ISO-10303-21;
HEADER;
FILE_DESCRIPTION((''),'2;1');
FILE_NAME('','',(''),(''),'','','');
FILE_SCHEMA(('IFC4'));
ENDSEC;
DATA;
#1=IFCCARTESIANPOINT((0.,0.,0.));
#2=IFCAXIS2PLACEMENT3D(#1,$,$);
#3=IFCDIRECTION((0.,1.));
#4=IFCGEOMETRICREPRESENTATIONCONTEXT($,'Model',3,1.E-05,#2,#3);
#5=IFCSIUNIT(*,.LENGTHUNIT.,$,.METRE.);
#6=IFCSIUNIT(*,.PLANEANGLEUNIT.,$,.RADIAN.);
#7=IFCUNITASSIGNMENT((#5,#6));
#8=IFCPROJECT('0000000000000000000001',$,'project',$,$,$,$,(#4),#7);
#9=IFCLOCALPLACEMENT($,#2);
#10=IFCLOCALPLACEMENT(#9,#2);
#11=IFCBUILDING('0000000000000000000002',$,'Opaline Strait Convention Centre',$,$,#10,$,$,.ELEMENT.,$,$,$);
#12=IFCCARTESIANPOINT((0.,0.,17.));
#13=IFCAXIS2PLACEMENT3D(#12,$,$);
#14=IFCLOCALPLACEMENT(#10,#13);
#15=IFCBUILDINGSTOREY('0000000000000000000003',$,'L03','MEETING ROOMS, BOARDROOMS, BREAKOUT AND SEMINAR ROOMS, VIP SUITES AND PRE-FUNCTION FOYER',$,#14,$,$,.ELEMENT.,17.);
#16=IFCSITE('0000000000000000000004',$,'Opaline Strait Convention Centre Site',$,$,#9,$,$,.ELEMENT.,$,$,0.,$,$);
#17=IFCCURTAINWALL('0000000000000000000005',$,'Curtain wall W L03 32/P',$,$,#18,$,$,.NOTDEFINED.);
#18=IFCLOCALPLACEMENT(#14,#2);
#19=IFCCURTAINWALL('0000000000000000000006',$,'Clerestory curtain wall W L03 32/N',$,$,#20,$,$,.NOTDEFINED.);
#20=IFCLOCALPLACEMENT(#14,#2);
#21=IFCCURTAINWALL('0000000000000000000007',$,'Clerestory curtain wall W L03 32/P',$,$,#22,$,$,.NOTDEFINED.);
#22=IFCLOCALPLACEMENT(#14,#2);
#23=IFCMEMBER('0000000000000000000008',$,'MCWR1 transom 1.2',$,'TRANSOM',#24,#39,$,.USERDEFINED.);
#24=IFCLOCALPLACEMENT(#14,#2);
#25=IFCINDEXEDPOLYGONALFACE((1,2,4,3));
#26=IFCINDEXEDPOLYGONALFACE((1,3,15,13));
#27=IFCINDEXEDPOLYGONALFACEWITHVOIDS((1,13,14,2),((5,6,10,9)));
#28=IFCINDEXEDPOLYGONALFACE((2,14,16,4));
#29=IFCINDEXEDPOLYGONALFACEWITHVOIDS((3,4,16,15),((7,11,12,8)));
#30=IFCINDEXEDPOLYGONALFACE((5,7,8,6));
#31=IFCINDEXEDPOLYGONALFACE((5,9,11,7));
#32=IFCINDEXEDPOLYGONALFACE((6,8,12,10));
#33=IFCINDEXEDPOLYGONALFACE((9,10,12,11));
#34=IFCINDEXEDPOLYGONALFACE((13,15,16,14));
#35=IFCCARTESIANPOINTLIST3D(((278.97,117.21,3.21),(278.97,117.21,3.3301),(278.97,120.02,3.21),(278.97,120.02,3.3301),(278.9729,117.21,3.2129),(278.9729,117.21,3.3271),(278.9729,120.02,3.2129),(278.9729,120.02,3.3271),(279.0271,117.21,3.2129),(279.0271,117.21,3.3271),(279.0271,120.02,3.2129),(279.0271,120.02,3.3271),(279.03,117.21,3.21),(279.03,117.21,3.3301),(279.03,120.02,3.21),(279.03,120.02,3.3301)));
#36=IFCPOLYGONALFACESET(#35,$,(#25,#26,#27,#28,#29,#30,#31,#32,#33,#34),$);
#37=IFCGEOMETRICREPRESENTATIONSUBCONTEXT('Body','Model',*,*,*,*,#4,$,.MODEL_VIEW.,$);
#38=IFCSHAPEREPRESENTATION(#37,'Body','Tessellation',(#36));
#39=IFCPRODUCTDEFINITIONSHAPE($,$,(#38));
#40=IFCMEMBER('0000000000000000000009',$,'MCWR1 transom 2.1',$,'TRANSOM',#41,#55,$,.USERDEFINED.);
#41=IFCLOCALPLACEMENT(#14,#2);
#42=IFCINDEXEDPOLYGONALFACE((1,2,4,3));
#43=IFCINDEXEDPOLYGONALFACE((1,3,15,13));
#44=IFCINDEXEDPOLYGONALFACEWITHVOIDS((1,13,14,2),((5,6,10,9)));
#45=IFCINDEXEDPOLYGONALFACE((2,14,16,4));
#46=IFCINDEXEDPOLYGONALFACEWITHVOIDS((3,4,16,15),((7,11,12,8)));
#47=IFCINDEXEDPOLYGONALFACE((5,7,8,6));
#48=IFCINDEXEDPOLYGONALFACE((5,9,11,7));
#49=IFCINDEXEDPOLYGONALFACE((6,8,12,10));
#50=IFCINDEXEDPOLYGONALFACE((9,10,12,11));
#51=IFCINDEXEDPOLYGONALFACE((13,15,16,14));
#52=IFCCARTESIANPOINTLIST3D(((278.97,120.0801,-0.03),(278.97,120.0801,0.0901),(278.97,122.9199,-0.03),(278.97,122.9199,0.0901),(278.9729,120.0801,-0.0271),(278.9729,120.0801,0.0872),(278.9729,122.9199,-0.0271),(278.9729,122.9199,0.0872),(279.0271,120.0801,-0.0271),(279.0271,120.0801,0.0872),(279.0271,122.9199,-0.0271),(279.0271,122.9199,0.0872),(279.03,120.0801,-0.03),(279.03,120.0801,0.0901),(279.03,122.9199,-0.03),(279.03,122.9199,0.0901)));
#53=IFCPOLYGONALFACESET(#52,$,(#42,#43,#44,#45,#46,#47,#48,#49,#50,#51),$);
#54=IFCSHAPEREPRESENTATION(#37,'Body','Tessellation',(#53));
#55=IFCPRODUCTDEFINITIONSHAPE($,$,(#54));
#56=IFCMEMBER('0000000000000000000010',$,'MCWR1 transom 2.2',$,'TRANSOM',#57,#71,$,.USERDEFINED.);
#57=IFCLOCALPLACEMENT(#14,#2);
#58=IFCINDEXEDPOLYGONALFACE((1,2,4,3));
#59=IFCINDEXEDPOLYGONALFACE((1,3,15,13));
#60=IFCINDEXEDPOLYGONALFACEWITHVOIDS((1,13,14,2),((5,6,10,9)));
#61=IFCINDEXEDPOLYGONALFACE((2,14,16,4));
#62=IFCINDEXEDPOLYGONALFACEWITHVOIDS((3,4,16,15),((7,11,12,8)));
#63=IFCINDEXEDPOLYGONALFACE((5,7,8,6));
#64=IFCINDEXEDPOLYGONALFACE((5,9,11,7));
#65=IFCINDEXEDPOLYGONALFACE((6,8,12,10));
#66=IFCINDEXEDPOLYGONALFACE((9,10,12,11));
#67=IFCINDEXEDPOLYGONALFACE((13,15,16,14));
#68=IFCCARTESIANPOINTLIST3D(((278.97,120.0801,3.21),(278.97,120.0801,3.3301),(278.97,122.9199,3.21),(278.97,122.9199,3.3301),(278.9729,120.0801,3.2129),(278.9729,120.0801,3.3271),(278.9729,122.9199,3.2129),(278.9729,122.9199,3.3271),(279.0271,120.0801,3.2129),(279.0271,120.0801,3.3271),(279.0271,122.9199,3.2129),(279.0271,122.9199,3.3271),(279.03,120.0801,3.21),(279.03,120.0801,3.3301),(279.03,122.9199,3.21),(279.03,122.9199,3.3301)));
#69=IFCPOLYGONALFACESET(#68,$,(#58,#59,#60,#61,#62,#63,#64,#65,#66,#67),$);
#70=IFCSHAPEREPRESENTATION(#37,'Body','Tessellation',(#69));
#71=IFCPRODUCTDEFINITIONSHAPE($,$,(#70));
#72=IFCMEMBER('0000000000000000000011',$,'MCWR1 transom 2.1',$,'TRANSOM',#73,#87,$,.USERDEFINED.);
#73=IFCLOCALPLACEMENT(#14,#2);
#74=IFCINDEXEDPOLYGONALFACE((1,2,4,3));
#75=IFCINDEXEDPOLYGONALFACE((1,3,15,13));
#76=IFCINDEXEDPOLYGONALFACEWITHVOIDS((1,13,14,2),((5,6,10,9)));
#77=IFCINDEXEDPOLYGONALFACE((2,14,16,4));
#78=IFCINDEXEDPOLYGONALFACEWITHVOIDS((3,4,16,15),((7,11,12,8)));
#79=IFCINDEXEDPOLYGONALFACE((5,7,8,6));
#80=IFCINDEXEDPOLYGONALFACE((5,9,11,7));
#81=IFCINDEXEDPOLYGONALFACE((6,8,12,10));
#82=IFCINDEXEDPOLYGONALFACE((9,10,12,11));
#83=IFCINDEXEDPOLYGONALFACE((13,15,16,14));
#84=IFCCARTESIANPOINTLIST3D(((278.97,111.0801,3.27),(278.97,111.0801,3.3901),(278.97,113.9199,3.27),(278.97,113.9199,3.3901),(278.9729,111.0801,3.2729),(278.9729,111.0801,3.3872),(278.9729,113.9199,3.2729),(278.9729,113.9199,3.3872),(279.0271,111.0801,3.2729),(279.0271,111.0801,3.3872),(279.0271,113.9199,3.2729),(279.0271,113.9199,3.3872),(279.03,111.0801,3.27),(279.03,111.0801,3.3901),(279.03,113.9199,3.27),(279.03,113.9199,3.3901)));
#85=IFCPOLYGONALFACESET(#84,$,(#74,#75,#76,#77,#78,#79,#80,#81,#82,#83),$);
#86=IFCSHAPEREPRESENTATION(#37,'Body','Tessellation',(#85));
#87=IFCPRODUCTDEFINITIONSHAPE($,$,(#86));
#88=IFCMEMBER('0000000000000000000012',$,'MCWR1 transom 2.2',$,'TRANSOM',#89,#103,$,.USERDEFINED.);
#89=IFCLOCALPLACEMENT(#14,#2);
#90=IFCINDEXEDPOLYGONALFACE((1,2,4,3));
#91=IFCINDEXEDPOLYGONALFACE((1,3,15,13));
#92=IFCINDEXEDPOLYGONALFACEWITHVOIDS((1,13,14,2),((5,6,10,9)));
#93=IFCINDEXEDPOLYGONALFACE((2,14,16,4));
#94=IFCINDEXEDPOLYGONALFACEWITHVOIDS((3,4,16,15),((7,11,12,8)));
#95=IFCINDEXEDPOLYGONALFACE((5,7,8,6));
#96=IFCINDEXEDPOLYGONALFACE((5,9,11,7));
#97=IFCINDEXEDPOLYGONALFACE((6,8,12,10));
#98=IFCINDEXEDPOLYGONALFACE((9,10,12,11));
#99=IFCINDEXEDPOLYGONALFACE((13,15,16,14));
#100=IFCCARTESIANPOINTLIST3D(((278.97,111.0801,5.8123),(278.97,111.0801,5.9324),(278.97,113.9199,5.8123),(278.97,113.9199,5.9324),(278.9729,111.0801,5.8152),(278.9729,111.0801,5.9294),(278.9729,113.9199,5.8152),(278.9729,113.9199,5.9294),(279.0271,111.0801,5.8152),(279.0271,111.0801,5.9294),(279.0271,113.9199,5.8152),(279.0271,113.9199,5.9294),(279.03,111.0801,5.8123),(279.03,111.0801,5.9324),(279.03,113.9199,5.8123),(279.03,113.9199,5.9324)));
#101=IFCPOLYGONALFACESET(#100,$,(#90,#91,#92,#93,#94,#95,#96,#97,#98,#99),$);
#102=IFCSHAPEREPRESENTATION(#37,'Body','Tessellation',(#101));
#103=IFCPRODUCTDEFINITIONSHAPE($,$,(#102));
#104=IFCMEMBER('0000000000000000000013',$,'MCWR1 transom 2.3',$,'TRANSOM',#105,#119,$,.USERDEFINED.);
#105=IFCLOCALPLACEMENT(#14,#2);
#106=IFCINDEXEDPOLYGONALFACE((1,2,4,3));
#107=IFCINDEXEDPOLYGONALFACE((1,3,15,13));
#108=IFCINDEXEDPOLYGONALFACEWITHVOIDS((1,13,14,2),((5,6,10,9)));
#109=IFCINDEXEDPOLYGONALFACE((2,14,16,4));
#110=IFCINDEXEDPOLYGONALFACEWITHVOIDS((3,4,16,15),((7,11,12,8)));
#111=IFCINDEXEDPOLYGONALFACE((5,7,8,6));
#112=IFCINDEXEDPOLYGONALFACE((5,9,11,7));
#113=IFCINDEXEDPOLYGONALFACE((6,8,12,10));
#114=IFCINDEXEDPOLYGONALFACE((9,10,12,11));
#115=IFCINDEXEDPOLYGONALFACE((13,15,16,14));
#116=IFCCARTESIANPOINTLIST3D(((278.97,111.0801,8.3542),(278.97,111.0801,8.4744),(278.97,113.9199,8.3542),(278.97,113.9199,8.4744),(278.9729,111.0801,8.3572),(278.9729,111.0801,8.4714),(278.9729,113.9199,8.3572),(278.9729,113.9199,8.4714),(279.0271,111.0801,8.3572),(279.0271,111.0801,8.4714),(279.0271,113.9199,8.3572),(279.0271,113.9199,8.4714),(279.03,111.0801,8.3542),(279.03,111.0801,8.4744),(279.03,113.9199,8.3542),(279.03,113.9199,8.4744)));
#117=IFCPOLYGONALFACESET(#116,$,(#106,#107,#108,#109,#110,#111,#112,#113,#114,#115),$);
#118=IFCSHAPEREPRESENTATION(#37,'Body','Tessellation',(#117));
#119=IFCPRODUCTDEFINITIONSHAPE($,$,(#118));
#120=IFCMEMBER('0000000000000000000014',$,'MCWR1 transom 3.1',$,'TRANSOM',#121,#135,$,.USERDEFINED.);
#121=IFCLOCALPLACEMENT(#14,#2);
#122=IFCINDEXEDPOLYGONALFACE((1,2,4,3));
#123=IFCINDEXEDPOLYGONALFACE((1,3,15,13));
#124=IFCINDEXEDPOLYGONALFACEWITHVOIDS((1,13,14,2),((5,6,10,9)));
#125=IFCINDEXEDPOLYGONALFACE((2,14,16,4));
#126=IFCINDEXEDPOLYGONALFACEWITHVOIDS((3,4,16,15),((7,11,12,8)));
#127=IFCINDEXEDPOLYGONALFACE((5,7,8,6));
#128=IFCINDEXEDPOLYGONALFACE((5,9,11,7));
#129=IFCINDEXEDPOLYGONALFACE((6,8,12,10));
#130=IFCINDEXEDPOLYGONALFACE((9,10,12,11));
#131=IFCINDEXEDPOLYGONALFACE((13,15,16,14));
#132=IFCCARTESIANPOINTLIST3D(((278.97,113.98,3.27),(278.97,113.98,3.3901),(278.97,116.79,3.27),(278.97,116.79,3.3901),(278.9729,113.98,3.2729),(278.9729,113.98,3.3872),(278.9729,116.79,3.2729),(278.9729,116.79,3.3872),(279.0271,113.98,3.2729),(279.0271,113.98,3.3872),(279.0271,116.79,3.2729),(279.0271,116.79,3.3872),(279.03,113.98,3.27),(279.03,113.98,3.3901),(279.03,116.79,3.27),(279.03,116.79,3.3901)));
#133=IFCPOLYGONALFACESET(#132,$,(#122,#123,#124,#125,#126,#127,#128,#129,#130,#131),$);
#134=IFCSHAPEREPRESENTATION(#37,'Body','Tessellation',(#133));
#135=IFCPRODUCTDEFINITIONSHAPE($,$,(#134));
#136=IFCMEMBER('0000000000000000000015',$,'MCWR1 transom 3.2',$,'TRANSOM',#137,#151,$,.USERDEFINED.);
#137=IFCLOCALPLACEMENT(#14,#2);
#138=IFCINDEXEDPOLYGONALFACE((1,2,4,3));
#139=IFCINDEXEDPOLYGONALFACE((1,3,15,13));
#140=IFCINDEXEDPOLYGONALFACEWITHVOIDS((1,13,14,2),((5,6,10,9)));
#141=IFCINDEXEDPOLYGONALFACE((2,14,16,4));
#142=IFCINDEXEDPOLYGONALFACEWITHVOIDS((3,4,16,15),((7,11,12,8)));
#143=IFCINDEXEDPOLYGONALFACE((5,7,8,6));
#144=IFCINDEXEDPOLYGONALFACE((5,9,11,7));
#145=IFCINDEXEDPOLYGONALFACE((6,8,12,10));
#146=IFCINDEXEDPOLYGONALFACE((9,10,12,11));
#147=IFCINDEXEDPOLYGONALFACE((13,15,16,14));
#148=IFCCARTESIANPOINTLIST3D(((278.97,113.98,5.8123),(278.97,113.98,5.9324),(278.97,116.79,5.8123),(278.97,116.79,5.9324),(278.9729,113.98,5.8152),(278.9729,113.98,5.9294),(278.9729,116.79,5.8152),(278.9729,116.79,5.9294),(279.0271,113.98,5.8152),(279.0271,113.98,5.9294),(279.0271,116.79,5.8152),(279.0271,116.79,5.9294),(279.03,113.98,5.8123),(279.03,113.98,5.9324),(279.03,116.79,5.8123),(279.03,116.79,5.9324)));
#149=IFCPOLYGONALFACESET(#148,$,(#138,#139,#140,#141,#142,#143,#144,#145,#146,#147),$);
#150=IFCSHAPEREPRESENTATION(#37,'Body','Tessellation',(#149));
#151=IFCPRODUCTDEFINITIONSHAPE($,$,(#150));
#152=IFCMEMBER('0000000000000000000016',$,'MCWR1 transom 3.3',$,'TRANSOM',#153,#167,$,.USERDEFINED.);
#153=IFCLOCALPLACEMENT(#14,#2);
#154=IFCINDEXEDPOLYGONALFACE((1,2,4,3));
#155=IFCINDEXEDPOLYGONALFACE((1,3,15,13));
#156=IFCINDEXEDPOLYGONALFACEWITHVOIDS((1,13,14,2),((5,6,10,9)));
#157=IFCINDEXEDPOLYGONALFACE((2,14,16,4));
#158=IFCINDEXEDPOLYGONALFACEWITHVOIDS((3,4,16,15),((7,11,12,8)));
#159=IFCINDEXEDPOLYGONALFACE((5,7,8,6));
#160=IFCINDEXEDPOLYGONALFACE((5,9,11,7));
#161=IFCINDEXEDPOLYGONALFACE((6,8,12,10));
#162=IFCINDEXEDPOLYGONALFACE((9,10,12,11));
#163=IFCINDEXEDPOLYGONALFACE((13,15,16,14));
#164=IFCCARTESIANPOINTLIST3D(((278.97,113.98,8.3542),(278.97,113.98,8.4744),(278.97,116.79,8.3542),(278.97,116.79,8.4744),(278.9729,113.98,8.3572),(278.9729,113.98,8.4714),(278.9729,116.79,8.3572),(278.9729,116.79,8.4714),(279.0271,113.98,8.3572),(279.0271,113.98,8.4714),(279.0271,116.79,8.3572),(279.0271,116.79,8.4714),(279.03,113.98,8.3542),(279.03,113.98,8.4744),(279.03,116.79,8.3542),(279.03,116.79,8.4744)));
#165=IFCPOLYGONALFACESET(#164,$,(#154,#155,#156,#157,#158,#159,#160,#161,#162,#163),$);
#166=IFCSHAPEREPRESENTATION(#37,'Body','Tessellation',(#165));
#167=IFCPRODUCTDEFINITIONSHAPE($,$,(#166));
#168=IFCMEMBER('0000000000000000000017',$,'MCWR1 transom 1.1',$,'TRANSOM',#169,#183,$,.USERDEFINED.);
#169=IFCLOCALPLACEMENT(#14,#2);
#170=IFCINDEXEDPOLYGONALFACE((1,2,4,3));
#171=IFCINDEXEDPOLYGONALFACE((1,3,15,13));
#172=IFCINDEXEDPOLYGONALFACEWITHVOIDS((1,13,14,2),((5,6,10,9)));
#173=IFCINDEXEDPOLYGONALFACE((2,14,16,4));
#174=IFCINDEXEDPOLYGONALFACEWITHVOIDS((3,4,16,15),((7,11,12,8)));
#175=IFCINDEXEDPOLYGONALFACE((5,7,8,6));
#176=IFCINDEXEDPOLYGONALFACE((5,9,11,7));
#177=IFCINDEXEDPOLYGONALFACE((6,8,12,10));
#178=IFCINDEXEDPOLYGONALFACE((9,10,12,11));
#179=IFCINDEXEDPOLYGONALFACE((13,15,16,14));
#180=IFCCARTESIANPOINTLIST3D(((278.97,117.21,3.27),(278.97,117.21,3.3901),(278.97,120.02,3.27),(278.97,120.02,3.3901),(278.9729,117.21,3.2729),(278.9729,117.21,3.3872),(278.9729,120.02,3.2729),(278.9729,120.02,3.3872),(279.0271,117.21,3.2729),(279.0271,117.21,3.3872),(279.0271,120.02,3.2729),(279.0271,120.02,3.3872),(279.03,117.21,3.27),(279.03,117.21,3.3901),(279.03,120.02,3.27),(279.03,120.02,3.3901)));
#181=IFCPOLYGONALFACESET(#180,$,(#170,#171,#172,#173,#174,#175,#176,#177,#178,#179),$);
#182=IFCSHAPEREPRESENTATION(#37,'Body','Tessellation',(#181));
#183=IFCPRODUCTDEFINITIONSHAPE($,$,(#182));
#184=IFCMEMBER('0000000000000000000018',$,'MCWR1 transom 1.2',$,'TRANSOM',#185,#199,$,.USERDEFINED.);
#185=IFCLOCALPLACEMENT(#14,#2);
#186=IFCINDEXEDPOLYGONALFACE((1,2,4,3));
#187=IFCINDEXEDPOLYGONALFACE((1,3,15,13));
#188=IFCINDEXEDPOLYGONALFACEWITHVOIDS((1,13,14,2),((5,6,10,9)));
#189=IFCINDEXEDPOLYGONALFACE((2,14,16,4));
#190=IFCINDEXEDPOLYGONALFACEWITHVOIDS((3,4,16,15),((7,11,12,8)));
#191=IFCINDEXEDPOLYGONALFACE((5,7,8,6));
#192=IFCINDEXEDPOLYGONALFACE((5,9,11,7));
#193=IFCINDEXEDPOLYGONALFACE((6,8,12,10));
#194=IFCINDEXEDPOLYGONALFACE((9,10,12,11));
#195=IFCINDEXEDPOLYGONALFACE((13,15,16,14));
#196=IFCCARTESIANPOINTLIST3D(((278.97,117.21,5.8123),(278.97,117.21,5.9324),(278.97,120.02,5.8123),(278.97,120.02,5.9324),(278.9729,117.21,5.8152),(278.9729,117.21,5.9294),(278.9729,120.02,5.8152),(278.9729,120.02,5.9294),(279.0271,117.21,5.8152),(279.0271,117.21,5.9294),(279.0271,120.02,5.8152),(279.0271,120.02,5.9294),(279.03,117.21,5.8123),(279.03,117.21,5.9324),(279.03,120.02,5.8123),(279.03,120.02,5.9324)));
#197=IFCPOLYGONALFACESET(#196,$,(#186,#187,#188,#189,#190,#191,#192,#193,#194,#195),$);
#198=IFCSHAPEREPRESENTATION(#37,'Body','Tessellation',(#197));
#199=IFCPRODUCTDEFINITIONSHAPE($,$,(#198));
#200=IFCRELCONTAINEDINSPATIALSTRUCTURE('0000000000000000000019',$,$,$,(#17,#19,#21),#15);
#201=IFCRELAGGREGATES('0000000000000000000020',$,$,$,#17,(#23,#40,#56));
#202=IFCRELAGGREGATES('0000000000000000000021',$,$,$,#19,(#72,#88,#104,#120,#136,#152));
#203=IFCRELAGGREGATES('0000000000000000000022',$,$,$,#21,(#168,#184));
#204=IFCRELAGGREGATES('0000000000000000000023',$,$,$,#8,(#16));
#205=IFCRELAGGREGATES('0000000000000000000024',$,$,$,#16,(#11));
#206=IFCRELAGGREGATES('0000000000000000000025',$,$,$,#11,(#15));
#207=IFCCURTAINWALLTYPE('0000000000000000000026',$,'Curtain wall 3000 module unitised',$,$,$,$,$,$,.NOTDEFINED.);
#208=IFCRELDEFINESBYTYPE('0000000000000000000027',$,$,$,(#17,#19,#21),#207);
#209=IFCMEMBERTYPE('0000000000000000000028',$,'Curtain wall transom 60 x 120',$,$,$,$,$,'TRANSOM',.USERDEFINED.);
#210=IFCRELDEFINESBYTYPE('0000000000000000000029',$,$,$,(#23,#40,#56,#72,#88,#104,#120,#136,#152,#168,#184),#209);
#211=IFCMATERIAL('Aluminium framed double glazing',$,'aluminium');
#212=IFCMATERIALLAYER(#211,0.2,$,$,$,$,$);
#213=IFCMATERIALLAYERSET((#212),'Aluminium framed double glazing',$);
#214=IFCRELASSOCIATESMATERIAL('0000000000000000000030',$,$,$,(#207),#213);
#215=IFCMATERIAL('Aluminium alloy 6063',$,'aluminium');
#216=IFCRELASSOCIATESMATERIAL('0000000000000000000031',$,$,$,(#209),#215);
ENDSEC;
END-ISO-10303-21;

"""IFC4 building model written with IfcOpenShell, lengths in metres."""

from ifc_helpers import new_model, si_unit, direction, frame, origin, origin_2d, place, context, subcontext, project, spatial, hollow_rectangle, extrude, material, layer, layer_set, material_profile, profile_set, type_object, element, aggregate, save


model = new_model("IFC4")

# Units and contexts
model_context = context("Model", 3, precision=1e-05, world=origin(), true_north=direction((0.0, 1.0)))
body_context = subcontext(model_context, "Body", "Model", "MODEL_VIEW")
ifc_project = project(units=[si_unit("LENGTHUNIT", "METRE"), si_unit("PLANEANGLEUNIT", "RADIAN")], contexts=[model_context])

# Site, building, storey
site_placement = place(None, origin())
site = spatial("IfcSite", under=ifc_project, at=site_placement, Name="Opaline Strait Convention Centre Site", CompositionType="ELEMENT", RefElevation=0.0)
building_placement = place(site_placement, origin())
building = spatial("IfcBuilding", under=site, at=building_placement, Name="Opaline Strait Convention Centre", CompositionType="ELEMENT")
storey_placement = place(building_placement, frame((0.0, 0.0, 17.0)))
storey = spatial("IfcBuildingStorey", under=building, at=storey_placement, Name="L03", Description="MEETING ROOMS, BOARDROOMS, BREAKOUT AND SEMINAR ROOMS, VIP SUITES AND PRE-FUNCTION FOYER", CompositionType="ELEMENT", Elevation=17.0)

# Curtain walls
ifc_material_1 = material(Name="Aluminium framed double glazing", Category="aluminium")
ifc_layer_1 = layer(ifc_material_1, 0.2)
ifc_layer_set_1 = layer_set([ifc_layer_1], Name="Aluminium framed double glazing")
curtain_wall_type = type_object("IfcCurtainWallType", Name="Curtain wall 3000 module unitised", PredefinedType="NOTDEFINED", material=ifc_layer_set_1)
curtain_wall_1_placement = place(storey_placement, origin())
curtain_wall_1 = element("IfcCurtainWall", 1, at=curtain_wall_1_placement, inside=storey, type_object=curtain_wall_type, Name="Curtain wall W L03 32/P", PredefinedType="NOTDEFINED")
ifc_material_2 = material(Name="Aluminium alloy 6063", Category="aluminium")
curtain_wall_2_placement = place(storey_placement, origin())
curtain_wall_2 = element("IfcCurtainWall", 2, at=curtain_wall_2_placement, inside=storey, type_object=curtain_wall_type, Name="Clerestory curtain wall W L03 32/N", PredefinedType="NOTDEFINED")
curtain_wall_3_placement = place(storey_placement, origin())
curtain_wall_3 = element("IfcCurtainWall", 3, at=curtain_wall_3_placement, inside=storey, type_object=curtain_wall_type, Name="Clerestory curtain wall W L03 32/P", PredefinedType="NOTDEFINED")

# Members
ifc_material_profile_1 = material_profile(ifc_material_2, hollow_rectangle(XDim=0.0601, YDim=0.1201, WallThickness=0.0029, at=origin_2d()), Name="TRANSOM 60x120x3")
ifc_profile_set_1 = profile_set([ifc_material_profile_1], Name="Aluminium alloy 6063")
member_type_1 = type_object("IfcMemberType", Name="Curtain wall transom 60 x 120", ElementType="TRANSOM", PredefinedType="USERDEFINED", material=ifc_profile_set_1)
member_1_placement = place(storey_placement, frame((279.0, 117.21, 3.27), z_axis=(0.0, 1.0, 0.0), x_axis=(-1.0, 0.0, 0.0)))
member_1 = element("IfcMember", 4, at=member_1_placement, type_object=member_type_1, Name="MCWR1 transom 1.2", ObjectType="TRANSOM", PredefinedType="USERDEFINED", context=body_context, shape_type="SweptSolid", body=[
    extrude(hollow_rectangle(XDim=0.0601, YDim=0.1201, WallThickness=0.0029, at=origin_2d()), origin(), (0.0, 0.0, 1.0), 2.8101),
])
member_2_placement = place(storey_placement, frame((279.0, 120.0801, 0.03), z_axis=(0.0, 1.0, 0.0), x_axis=(-1.0, 0.0, 0.0)))
member_2 = element("IfcMember", 5, at=member_2_placement, type_object=member_type_1, Name="MCWR1 transom 2.1", ObjectType="TRANSOM", PredefinedType="USERDEFINED", context=body_context, shape_type="SweptSolid", body=[
    extrude(hollow_rectangle(XDim=0.0601, YDim=0.1201, WallThickness=0.0029, at=origin_2d()), origin(), (0.0, 0.0, 1.0), 2.8398),
])
member_3_placement = place(storey_placement, frame((279.0, 120.0801, 3.27), z_axis=(0.0, 1.0, 0.0), x_axis=(-1.0, 0.0, 0.0)))
member_3 = element("IfcMember", 6, at=member_3_placement, type_object=member_type_1, Name="MCWR1 transom 2.2", ObjectType="TRANSOM", PredefinedType="USERDEFINED", context=body_context, shape_type="SweptSolid", body=[
    extrude(hollow_rectangle(XDim=0.0601, YDim=0.1201, WallThickness=0.0029, at=origin_2d()), origin(), (0.0, 0.0, 1.0), 2.8398),
])
member_4_placement = place(storey_placement, frame((279.0, 111.0801, 3.3301), z_axis=(0.0, 1.0, 0.0), x_axis=(-1.0, 0.0, 0.0)))
member_4 = element("IfcMember", 7, at=member_4_placement, type_object=member_type_1, Name="MCWR1 transom 2.1", ObjectType="TRANSOM", PredefinedType="USERDEFINED", context=body_context, shape_type="SweptSolid", body=[
    extrude(hollow_rectangle(XDim=0.0601, YDim=0.1201, WallThickness=0.0029, at=origin_2d()), origin(), (0.0, 0.0, 1.0), 2.8398),
])
member_5_placement = place(storey_placement, frame((279.0, 111.0801, 5.8723), z_axis=(0.0, 1.0, 0.0), x_axis=(-1.0, 0.0, 0.0)))
member_5 = element("IfcMember", 8, at=member_5_placement, type_object=member_type_1, Name="MCWR1 transom 2.2", ObjectType="TRANSOM", PredefinedType="USERDEFINED", context=body_context, shape_type="SweptSolid", body=[
    extrude(hollow_rectangle(XDim=0.0601, YDim=0.1201, WallThickness=0.0029, at=origin_2d()), origin(), (0.0, 0.0, 1.0), 2.8398),
])
member_6_placement = place(storey_placement, frame((279.0, 111.0801, 8.4143), z_axis=(0.0, 1.0, 0.0), x_axis=(-1.0, 0.0, 0.0)))
member_6 = element("IfcMember", 9, at=member_6_placement, type_object=member_type_1, Name="MCWR1 transom 2.3", ObjectType="TRANSOM", PredefinedType="USERDEFINED", context=body_context, shape_type="SweptSolid", body=[
    extrude(hollow_rectangle(XDim=0.0601, YDim=0.1201, WallThickness=0.0029, at=origin_2d()), origin(), (0.0, 0.0, 1.0), 2.8398),
])
member_7_placement = place(storey_placement, frame((279.0, 113.98, 3.3301), z_axis=(0.0, 1.0, 0.0), x_axis=(-1.0, 0.0, 0.0)))
member_7 = element("IfcMember", 10, at=member_7_placement, type_object=member_type_1, Name="MCWR1 transom 3.1", ObjectType="TRANSOM", PredefinedType="USERDEFINED", context=body_context, shape_type="SweptSolid", body=[
    extrude(hollow_rectangle(XDim=0.0601, YDim=0.1201, WallThickness=0.0029, at=origin_2d()), origin(), (0.0, 0.0, 1.0), 2.8101),
])
member_8_placement = place(storey_placement, frame((279.0, 113.98, 5.8723), z_axis=(0.0, 1.0, 0.0), x_axis=(-1.0, 0.0, 0.0)))
member_8 = element("IfcMember", 11, at=member_8_placement, type_object=member_type_1, Name="MCWR1 transom 3.2", ObjectType="TRANSOM", PredefinedType="USERDEFINED", context=body_context, shape_type="SweptSolid", body=[
    extrude(hollow_rectangle(XDim=0.0601, YDim=0.1201, WallThickness=0.0029, at=origin_2d()), origin(), (0.0, 0.0, 1.0), 2.8101),
])
member_9_placement = place(storey_placement, frame((279.0, 113.98, 8.4143), z_axis=(0.0, 1.0, 0.0), x_axis=(-1.0, 0.0, 0.0)))
member_9 = element("IfcMember", 12, at=member_9_placement, type_object=member_type_1, Name="MCWR1 transom 3.3", ObjectType="TRANSOM", PredefinedType="USERDEFINED", context=body_context, shape_type="SweptSolid", body=[
    extrude(hollow_rectangle(XDim=0.0601, YDim=0.1201, WallThickness=0.0029, at=origin_2d()), origin(), (0.0, 0.0, 1.0), 2.8101),
])
member_10_placement = place(storey_placement, frame((279.0, 117.21, 3.3301), z_axis=(0.0, 1.0, 0.0), x_axis=(-1.0, 0.0, 0.0)))
member_10 = element("IfcMember", 13, at=member_10_placement, type_object=member_type_1, Name="MCWR1 transom 1.1", ObjectType="TRANSOM", PredefinedType="USERDEFINED", context=body_context, shape_type="SweptSolid", body=[
    extrude(hollow_rectangle(XDim=0.0601, YDim=0.1201, WallThickness=0.0029, at=origin_2d()), origin(), (0.0, 0.0, 1.0), 2.8101),
])
member_11_placement = place(storey_placement, frame((279.0, 117.21, 5.8723), z_axis=(0.0, 1.0, 0.0), x_axis=(-1.0, 0.0, 0.0)))
member_11 = element("IfcMember", 14, at=member_11_placement, type_object=member_type_1, Name="MCWR1 transom 1.2", ObjectType="TRANSOM", PredefinedType="USERDEFINED", context=body_context, shape_type="SweptSolid", body=[
    extrude(hollow_rectangle(XDim=0.0601, YDim=0.1201, WallThickness=0.0029, at=origin_2d()), origin(), (0.0, 0.0, 1.0), 2.8101),
])

aggregate(curtain_wall_1, [member_1, member_2, member_3])
aggregate(curtain_wall_2, [member_4, member_5, member_6, member_7, member_8, member_9])
aggregate(curtain_wall_3, [member_10, member_11])

save(model, "model.ifc")
